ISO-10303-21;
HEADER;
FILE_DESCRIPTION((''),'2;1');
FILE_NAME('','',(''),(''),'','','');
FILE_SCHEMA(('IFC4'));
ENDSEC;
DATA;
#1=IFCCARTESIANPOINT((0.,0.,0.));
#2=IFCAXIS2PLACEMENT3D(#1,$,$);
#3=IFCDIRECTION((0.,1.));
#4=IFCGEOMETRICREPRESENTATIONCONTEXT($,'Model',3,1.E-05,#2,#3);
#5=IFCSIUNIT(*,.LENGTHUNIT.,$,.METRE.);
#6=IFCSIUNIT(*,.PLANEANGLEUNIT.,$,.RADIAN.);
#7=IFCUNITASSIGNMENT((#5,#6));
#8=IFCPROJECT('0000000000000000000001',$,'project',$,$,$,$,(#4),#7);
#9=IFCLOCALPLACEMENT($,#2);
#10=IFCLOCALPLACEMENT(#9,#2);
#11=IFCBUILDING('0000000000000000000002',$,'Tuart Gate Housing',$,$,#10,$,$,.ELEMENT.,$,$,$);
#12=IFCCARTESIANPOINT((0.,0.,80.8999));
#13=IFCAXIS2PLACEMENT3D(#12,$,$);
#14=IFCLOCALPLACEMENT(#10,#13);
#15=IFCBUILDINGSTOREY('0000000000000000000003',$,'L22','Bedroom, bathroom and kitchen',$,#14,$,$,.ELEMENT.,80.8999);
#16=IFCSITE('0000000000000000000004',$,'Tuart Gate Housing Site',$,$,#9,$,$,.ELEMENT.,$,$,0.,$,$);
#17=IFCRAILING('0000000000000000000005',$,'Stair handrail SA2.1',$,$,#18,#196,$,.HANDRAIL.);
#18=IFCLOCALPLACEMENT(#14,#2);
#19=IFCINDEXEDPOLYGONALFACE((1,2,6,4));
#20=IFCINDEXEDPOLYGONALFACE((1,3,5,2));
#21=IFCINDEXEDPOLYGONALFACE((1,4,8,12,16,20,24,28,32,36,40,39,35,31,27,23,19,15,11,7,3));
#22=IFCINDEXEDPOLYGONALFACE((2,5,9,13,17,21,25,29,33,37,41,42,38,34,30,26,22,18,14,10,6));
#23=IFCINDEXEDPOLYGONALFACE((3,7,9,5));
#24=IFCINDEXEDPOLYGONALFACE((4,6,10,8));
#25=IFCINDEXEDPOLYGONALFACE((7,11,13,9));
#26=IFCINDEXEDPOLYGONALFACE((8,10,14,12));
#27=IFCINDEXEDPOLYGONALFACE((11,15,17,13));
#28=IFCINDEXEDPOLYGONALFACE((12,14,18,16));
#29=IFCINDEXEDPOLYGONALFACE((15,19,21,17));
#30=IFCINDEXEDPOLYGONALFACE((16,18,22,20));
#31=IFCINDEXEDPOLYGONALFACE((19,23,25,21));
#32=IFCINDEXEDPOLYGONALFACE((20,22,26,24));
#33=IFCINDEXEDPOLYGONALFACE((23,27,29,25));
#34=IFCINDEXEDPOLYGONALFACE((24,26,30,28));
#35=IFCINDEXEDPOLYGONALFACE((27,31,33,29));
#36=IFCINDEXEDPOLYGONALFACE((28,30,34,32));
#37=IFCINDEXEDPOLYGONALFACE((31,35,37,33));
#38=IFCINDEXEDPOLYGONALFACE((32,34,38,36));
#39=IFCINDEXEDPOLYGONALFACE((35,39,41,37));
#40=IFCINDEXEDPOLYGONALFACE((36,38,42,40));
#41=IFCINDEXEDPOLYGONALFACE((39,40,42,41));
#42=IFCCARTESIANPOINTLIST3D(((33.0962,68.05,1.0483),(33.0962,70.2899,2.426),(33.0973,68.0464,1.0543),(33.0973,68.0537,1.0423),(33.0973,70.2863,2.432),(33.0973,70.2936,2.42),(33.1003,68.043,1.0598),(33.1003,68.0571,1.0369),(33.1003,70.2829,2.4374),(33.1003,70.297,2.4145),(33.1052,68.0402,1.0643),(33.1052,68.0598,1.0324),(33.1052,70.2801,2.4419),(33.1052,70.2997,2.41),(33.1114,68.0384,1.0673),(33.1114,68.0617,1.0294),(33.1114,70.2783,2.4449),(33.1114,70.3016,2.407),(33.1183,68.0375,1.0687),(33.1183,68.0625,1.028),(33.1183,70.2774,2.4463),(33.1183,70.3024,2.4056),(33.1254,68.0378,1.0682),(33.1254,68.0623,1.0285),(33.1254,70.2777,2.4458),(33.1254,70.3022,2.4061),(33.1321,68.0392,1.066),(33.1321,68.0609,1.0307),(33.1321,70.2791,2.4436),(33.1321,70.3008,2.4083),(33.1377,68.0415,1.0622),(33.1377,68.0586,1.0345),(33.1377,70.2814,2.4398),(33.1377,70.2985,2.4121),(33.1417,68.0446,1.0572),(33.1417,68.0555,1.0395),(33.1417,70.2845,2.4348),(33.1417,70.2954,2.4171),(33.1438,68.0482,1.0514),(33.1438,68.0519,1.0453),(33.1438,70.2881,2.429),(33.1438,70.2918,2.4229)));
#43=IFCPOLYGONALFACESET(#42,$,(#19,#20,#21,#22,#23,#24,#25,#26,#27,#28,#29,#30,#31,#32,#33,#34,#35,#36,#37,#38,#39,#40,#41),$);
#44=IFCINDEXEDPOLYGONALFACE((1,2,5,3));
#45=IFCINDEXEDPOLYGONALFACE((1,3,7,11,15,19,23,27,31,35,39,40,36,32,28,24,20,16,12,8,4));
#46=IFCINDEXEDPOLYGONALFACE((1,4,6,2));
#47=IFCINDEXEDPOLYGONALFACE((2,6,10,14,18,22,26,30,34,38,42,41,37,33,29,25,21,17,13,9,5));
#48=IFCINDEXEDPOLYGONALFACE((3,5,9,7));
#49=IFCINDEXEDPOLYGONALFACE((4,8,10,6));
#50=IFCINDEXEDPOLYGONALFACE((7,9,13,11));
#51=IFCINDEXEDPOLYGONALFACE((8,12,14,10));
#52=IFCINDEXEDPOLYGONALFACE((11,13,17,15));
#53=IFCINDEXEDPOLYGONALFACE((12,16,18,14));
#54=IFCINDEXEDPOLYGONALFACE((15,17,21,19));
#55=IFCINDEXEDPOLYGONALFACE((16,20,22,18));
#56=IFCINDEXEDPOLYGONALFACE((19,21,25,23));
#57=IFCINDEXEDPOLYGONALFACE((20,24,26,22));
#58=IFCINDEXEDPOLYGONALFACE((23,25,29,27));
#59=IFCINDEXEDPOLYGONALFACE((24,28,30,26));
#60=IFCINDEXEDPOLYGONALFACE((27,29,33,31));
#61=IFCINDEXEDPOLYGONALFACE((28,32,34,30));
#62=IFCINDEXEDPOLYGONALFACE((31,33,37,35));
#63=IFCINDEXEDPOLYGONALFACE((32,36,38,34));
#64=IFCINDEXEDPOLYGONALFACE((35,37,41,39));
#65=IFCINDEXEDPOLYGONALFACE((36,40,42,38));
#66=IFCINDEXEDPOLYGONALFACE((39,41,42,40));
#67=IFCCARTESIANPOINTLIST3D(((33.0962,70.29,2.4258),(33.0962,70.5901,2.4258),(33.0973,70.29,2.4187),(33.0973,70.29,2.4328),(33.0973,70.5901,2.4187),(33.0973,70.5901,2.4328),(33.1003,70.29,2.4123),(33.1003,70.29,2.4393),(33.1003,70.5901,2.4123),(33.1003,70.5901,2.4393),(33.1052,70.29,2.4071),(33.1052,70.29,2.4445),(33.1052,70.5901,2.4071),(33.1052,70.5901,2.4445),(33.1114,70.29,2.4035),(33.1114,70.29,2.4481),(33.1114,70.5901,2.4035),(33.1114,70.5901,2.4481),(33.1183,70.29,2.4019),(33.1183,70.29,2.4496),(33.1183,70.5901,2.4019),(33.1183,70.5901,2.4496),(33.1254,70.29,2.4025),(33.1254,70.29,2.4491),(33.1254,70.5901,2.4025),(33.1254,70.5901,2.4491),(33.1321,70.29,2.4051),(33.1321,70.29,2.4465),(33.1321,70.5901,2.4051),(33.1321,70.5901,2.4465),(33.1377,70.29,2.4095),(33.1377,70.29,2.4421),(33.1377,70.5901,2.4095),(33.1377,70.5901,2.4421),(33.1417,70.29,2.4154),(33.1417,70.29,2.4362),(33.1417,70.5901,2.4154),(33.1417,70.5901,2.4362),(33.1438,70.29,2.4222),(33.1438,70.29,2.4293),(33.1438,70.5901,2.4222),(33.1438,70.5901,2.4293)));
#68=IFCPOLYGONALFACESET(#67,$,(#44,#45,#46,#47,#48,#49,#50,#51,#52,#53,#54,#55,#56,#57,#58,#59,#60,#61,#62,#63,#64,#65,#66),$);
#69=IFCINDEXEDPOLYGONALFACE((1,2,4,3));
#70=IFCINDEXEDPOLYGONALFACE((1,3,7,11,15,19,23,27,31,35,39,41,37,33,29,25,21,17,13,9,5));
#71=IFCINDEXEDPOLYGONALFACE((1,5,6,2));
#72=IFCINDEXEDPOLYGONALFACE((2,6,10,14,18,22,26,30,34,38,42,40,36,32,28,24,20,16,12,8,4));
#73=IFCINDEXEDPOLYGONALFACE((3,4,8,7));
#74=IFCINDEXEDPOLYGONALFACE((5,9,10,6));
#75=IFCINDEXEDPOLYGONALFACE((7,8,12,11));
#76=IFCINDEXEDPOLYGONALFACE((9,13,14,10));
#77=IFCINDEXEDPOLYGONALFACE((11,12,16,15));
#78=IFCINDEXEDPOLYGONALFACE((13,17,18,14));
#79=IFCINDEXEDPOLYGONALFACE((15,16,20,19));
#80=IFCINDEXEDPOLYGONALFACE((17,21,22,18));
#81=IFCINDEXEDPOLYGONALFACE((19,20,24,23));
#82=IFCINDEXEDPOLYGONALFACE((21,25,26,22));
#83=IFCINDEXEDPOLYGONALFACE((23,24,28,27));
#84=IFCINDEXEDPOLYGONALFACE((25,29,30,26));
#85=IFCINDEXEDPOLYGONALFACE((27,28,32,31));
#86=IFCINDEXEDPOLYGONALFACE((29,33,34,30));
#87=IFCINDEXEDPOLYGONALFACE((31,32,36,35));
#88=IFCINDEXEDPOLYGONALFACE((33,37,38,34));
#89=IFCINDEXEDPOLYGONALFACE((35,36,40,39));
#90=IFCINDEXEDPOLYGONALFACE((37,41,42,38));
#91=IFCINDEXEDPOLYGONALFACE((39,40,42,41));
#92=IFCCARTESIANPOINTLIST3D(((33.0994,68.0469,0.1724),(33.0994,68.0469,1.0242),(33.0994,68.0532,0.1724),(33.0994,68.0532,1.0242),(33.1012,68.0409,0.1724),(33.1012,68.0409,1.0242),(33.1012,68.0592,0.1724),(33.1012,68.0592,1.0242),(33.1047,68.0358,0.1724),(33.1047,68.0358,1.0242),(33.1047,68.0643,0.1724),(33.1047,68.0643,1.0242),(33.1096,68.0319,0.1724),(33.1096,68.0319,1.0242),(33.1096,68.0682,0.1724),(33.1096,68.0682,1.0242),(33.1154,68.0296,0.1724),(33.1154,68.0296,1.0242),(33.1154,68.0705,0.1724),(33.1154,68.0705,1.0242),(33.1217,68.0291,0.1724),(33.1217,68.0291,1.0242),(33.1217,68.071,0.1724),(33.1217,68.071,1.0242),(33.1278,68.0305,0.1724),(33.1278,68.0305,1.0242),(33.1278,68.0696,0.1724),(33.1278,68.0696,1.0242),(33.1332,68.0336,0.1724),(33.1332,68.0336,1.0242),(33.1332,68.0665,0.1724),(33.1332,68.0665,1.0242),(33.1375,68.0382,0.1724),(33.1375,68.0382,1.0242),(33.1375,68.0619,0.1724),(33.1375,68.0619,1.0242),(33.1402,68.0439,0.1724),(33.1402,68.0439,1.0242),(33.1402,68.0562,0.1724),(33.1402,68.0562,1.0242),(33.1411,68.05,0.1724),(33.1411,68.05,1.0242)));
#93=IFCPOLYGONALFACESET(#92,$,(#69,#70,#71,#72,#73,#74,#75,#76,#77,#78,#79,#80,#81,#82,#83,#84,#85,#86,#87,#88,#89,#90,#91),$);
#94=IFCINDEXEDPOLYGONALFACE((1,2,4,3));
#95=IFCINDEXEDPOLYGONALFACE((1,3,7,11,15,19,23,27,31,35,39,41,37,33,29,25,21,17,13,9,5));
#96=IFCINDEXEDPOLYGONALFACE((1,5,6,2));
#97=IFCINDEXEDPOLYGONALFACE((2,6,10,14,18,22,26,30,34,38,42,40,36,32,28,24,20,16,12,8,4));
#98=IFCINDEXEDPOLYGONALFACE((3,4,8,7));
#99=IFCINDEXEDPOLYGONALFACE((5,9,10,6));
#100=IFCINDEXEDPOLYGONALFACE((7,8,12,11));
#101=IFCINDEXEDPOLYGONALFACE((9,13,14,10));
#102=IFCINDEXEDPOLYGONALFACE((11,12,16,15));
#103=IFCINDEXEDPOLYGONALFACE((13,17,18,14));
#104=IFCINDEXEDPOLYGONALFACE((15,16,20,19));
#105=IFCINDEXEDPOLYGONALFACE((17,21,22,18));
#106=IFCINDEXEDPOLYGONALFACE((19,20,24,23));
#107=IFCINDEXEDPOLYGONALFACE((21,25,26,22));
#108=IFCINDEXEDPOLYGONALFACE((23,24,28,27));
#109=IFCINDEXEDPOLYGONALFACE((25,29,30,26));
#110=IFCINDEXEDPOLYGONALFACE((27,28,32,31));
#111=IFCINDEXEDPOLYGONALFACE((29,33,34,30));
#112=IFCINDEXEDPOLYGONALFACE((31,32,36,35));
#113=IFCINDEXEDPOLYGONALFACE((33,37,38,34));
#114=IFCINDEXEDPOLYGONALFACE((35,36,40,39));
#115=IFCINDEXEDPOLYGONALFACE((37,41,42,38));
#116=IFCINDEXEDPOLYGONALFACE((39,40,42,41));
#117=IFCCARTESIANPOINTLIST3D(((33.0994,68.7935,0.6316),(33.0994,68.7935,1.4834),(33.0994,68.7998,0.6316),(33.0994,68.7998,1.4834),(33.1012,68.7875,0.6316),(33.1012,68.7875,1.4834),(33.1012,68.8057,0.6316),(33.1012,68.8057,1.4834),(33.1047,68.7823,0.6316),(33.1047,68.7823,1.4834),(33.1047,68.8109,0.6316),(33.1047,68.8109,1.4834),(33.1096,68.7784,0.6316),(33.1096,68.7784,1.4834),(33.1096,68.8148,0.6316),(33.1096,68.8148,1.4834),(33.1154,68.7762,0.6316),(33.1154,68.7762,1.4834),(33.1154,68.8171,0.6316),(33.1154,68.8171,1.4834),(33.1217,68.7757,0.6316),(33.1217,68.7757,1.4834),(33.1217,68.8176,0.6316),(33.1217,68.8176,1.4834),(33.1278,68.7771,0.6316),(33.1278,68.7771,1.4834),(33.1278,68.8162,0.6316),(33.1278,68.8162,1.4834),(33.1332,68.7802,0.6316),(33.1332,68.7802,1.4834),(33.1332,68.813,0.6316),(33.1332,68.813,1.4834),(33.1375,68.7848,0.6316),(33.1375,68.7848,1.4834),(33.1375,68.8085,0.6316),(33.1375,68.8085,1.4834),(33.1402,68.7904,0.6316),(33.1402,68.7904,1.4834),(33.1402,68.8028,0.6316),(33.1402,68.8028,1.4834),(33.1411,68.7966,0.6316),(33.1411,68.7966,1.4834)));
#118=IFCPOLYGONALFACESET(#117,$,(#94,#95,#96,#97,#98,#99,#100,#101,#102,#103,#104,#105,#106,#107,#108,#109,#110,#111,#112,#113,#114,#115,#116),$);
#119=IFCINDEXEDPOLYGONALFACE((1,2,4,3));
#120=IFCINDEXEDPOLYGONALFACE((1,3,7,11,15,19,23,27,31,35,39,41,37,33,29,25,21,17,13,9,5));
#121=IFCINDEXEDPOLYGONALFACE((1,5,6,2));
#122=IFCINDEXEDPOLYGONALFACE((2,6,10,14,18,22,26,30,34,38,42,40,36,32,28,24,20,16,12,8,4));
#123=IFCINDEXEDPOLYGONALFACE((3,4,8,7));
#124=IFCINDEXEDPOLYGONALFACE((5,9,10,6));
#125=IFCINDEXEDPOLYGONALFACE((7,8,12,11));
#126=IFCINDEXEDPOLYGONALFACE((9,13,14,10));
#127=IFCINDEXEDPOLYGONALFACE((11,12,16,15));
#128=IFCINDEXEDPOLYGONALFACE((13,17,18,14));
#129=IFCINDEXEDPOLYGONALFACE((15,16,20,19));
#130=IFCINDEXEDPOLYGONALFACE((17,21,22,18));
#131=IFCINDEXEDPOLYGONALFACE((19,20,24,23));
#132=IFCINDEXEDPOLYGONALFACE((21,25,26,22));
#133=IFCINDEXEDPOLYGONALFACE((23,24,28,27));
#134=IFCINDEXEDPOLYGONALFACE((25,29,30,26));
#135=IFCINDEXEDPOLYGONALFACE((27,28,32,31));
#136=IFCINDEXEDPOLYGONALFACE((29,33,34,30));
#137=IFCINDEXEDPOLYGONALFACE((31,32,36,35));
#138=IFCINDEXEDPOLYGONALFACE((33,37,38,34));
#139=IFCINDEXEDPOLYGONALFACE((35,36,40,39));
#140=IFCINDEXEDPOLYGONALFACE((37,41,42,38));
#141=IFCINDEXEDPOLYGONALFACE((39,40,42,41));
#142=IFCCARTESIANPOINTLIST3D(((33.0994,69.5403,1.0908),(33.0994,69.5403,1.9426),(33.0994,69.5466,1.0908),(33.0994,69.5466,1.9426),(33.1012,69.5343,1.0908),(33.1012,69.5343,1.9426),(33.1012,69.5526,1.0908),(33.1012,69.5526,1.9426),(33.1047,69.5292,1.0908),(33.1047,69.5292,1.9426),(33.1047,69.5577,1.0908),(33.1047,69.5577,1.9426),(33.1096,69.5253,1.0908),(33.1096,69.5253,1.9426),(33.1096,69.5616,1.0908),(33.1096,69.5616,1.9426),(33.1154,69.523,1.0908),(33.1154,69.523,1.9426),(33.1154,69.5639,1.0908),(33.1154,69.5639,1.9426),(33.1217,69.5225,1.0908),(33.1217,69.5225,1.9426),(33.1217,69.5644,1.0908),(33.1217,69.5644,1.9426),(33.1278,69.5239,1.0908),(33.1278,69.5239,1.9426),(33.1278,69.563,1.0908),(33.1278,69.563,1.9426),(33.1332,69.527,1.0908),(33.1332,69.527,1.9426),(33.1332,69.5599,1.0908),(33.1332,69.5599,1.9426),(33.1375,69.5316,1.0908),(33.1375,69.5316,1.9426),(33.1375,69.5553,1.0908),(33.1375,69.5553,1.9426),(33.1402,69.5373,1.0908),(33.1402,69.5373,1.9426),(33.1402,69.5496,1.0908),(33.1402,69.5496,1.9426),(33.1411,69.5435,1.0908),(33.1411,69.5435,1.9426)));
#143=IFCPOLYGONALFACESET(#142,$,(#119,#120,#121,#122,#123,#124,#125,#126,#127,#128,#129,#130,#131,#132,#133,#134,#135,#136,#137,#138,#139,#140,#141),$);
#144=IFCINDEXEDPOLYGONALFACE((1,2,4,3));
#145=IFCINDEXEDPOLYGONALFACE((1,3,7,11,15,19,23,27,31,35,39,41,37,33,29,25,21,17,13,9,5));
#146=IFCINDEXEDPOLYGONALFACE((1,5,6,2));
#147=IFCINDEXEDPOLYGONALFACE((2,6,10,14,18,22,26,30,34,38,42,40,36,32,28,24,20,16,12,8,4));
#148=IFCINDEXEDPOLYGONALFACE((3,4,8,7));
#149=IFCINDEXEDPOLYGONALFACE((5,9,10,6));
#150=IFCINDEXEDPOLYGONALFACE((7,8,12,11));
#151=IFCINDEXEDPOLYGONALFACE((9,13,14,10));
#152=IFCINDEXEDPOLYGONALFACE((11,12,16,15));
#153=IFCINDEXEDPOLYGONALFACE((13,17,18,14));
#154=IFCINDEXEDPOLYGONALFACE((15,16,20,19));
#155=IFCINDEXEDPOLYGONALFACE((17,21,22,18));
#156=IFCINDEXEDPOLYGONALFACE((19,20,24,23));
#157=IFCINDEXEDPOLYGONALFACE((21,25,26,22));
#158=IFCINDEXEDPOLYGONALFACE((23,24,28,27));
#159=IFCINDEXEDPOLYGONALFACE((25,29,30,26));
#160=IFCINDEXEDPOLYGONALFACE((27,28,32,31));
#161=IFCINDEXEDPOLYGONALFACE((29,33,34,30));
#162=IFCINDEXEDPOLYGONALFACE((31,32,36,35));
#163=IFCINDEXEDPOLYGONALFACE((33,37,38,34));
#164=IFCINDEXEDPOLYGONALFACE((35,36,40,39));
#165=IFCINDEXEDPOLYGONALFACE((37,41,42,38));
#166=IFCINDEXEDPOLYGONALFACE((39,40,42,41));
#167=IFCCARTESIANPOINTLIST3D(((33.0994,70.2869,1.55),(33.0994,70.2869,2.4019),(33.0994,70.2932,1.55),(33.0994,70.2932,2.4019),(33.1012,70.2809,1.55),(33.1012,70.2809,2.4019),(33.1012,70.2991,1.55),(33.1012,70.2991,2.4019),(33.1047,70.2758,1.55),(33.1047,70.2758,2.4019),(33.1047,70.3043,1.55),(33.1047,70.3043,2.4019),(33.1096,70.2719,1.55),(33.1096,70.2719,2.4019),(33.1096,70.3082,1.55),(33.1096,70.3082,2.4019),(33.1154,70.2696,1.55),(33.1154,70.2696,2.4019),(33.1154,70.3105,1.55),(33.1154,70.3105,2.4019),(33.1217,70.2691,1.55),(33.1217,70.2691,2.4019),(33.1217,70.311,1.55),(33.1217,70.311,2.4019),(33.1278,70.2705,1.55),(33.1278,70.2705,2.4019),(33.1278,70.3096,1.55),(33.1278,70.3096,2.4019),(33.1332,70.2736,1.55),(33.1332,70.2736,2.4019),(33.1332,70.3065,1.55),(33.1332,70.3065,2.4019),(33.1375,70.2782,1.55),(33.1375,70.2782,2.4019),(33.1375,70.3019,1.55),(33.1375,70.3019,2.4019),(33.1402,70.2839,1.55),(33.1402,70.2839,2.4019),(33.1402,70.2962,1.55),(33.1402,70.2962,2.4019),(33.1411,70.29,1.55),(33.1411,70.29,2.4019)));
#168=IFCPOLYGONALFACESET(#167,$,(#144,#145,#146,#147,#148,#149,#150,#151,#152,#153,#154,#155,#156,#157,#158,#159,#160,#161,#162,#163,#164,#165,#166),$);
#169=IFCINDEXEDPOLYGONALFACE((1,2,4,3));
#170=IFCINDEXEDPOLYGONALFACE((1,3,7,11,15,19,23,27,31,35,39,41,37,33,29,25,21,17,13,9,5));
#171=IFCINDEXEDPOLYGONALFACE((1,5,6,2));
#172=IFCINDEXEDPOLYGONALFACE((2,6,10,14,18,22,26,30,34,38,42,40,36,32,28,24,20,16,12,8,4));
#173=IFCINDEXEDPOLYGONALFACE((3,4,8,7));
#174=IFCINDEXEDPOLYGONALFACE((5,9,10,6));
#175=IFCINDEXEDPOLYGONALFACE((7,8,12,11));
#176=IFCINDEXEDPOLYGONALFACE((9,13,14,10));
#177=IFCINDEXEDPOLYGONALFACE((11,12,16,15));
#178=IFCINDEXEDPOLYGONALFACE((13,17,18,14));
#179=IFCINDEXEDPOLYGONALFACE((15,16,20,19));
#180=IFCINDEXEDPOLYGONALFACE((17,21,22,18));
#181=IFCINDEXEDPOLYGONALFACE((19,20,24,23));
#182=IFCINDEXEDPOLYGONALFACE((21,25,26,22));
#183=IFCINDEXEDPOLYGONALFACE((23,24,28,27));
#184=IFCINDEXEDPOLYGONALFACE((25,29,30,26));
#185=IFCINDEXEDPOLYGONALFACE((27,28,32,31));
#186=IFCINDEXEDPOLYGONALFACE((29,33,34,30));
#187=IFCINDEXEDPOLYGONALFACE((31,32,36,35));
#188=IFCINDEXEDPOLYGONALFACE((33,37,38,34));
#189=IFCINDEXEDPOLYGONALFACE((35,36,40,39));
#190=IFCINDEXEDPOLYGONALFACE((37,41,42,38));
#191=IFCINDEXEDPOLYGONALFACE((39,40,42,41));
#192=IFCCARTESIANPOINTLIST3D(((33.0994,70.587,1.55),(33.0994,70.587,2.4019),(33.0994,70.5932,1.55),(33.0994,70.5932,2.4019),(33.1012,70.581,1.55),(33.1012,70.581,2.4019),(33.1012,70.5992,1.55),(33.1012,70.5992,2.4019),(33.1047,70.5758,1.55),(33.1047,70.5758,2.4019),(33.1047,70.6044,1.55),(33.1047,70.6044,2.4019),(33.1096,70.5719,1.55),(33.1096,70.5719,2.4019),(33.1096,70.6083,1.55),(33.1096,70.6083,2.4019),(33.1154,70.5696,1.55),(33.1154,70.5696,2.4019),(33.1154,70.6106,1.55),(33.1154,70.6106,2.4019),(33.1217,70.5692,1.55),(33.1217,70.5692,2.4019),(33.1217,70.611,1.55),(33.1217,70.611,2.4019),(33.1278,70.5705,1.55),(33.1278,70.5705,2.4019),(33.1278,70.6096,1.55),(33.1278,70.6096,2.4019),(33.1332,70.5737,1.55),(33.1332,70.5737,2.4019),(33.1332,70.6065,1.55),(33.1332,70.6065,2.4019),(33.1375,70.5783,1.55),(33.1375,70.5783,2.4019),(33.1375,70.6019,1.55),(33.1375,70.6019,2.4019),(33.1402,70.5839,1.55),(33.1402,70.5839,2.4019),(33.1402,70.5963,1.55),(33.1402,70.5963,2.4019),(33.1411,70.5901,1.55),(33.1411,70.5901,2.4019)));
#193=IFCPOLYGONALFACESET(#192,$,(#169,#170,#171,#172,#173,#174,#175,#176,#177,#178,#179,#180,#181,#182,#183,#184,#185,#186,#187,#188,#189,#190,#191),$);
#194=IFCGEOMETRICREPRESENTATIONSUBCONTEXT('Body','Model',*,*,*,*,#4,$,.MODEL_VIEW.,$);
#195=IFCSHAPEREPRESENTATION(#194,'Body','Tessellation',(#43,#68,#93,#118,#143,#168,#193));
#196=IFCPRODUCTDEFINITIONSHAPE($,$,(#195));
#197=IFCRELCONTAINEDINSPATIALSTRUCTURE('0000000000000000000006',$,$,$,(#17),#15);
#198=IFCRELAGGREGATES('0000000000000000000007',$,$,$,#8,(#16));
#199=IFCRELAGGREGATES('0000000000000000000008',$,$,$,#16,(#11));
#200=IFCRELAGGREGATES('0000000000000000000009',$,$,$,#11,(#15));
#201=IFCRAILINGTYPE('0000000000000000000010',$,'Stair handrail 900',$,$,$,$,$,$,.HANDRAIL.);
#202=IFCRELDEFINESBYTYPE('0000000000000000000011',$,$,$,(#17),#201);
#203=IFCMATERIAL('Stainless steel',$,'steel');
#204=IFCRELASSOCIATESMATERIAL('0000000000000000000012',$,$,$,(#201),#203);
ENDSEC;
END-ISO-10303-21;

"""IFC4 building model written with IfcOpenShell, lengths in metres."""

from ifc_helpers import new_model, si_unit, direction, frame, origin, origin_2d, place, context, subcontext, project, spatial, circle, extrude, material, type_object, element, save


model = new_model("IFC4")

# Units and contexts
model_context = context("Model", 3, precision=1e-05, world=origin(), true_north=direction((0.0, 1.0)))
body_context = subcontext(model_context, "Body", "Model", "MODEL_VIEW")
ifc_project = project(units=[si_unit("LENGTHUNIT", "METRE"), si_unit("PLANEANGLEUNIT", "RADIAN")], contexts=[model_context])

# Site, building, storey
site_placement = place(None, origin())
site = spatial("IfcSite", under=ifc_project, at=site_placement, Name="Tuart Gate Housing Site", CompositionType="ELEMENT", RefElevation=0.0)
building_placement = place(site_placement, origin())
building = spatial("IfcBuilding", under=site, at=building_placement, Name="Tuart Gate Housing", CompositionType="ELEMENT")
storey_placement = place(building_placement, frame((0.0, 0.0, 80.8999)))
storey = spatial("IfcBuildingStorey", under=building, at=storey_placement, Name="L22", Description="Bedroom, bathroom and kitchen", CompositionType="ELEMENT", Elevation=80.8999)

# Railing
ifc_material_1 = material(Name="Stainless steel", Category="steel")
railing_type = type_object("IfcRailingType", Name="Stair handrail 900", PredefinedType="HANDRAIL", material=ifc_material_1)
railing_placement = place(storey_placement, frame((33.1201, 68.05, 0.1724)))
element("IfcRailing", 1, at=railing_placement, inside=storey, type_object=railing_type, Name="Stair handrail SA2.1", PredefinedType="HANDRAIL", context=body_context, shape_type="SweptSolid", body=[
    extrude(circle(Radius=0.0239, at=origin_2d()), frame((0.0, 0.0, 0.876), z_axis=(0.0, 0.851789, 0.523885), x_axis=(-1.0, 0.0, 0.0)), (0.0, 0.0, 1.0), 2.6296),
    extrude(circle(Radius=0.0239, at=origin_2d()), frame((0.0, 2.24, 2.2534), z_axis=(0.0, 1.0, 0.0), x_axis=(-1.0, 0.0, 0.0)), (0.0, 0.0, 1.0), 0.3),
    extrude(circle(Radius=0.021, at=origin_2d()), origin(), (0.0, 0.0, 1.0), 0.8518),
    extrude(circle(Radius=0.021, at=origin_2d()), frame((0.0, 0.7466, 0.4592)), (0.0, 0.0, 1.0), 0.8518),
    extrude(circle(Radius=0.021, at=origin_2d()), frame((0.0, 1.4934, 0.9185)), (0.0, 0.0, 1.0), 0.8518),
    extrude(circle(Radius=0.021, at=origin_2d()), frame((0.0, 2.24, 1.3777)), (0.0, 0.0, 1.0), 0.8518),
    extrude(circle(Radius=0.021, at=origin_2d()), frame((0.0, 2.54, 1.3777)), (0.0, 0.0, 1.0), 0.8518),
])

save(model, "model.ifc")
